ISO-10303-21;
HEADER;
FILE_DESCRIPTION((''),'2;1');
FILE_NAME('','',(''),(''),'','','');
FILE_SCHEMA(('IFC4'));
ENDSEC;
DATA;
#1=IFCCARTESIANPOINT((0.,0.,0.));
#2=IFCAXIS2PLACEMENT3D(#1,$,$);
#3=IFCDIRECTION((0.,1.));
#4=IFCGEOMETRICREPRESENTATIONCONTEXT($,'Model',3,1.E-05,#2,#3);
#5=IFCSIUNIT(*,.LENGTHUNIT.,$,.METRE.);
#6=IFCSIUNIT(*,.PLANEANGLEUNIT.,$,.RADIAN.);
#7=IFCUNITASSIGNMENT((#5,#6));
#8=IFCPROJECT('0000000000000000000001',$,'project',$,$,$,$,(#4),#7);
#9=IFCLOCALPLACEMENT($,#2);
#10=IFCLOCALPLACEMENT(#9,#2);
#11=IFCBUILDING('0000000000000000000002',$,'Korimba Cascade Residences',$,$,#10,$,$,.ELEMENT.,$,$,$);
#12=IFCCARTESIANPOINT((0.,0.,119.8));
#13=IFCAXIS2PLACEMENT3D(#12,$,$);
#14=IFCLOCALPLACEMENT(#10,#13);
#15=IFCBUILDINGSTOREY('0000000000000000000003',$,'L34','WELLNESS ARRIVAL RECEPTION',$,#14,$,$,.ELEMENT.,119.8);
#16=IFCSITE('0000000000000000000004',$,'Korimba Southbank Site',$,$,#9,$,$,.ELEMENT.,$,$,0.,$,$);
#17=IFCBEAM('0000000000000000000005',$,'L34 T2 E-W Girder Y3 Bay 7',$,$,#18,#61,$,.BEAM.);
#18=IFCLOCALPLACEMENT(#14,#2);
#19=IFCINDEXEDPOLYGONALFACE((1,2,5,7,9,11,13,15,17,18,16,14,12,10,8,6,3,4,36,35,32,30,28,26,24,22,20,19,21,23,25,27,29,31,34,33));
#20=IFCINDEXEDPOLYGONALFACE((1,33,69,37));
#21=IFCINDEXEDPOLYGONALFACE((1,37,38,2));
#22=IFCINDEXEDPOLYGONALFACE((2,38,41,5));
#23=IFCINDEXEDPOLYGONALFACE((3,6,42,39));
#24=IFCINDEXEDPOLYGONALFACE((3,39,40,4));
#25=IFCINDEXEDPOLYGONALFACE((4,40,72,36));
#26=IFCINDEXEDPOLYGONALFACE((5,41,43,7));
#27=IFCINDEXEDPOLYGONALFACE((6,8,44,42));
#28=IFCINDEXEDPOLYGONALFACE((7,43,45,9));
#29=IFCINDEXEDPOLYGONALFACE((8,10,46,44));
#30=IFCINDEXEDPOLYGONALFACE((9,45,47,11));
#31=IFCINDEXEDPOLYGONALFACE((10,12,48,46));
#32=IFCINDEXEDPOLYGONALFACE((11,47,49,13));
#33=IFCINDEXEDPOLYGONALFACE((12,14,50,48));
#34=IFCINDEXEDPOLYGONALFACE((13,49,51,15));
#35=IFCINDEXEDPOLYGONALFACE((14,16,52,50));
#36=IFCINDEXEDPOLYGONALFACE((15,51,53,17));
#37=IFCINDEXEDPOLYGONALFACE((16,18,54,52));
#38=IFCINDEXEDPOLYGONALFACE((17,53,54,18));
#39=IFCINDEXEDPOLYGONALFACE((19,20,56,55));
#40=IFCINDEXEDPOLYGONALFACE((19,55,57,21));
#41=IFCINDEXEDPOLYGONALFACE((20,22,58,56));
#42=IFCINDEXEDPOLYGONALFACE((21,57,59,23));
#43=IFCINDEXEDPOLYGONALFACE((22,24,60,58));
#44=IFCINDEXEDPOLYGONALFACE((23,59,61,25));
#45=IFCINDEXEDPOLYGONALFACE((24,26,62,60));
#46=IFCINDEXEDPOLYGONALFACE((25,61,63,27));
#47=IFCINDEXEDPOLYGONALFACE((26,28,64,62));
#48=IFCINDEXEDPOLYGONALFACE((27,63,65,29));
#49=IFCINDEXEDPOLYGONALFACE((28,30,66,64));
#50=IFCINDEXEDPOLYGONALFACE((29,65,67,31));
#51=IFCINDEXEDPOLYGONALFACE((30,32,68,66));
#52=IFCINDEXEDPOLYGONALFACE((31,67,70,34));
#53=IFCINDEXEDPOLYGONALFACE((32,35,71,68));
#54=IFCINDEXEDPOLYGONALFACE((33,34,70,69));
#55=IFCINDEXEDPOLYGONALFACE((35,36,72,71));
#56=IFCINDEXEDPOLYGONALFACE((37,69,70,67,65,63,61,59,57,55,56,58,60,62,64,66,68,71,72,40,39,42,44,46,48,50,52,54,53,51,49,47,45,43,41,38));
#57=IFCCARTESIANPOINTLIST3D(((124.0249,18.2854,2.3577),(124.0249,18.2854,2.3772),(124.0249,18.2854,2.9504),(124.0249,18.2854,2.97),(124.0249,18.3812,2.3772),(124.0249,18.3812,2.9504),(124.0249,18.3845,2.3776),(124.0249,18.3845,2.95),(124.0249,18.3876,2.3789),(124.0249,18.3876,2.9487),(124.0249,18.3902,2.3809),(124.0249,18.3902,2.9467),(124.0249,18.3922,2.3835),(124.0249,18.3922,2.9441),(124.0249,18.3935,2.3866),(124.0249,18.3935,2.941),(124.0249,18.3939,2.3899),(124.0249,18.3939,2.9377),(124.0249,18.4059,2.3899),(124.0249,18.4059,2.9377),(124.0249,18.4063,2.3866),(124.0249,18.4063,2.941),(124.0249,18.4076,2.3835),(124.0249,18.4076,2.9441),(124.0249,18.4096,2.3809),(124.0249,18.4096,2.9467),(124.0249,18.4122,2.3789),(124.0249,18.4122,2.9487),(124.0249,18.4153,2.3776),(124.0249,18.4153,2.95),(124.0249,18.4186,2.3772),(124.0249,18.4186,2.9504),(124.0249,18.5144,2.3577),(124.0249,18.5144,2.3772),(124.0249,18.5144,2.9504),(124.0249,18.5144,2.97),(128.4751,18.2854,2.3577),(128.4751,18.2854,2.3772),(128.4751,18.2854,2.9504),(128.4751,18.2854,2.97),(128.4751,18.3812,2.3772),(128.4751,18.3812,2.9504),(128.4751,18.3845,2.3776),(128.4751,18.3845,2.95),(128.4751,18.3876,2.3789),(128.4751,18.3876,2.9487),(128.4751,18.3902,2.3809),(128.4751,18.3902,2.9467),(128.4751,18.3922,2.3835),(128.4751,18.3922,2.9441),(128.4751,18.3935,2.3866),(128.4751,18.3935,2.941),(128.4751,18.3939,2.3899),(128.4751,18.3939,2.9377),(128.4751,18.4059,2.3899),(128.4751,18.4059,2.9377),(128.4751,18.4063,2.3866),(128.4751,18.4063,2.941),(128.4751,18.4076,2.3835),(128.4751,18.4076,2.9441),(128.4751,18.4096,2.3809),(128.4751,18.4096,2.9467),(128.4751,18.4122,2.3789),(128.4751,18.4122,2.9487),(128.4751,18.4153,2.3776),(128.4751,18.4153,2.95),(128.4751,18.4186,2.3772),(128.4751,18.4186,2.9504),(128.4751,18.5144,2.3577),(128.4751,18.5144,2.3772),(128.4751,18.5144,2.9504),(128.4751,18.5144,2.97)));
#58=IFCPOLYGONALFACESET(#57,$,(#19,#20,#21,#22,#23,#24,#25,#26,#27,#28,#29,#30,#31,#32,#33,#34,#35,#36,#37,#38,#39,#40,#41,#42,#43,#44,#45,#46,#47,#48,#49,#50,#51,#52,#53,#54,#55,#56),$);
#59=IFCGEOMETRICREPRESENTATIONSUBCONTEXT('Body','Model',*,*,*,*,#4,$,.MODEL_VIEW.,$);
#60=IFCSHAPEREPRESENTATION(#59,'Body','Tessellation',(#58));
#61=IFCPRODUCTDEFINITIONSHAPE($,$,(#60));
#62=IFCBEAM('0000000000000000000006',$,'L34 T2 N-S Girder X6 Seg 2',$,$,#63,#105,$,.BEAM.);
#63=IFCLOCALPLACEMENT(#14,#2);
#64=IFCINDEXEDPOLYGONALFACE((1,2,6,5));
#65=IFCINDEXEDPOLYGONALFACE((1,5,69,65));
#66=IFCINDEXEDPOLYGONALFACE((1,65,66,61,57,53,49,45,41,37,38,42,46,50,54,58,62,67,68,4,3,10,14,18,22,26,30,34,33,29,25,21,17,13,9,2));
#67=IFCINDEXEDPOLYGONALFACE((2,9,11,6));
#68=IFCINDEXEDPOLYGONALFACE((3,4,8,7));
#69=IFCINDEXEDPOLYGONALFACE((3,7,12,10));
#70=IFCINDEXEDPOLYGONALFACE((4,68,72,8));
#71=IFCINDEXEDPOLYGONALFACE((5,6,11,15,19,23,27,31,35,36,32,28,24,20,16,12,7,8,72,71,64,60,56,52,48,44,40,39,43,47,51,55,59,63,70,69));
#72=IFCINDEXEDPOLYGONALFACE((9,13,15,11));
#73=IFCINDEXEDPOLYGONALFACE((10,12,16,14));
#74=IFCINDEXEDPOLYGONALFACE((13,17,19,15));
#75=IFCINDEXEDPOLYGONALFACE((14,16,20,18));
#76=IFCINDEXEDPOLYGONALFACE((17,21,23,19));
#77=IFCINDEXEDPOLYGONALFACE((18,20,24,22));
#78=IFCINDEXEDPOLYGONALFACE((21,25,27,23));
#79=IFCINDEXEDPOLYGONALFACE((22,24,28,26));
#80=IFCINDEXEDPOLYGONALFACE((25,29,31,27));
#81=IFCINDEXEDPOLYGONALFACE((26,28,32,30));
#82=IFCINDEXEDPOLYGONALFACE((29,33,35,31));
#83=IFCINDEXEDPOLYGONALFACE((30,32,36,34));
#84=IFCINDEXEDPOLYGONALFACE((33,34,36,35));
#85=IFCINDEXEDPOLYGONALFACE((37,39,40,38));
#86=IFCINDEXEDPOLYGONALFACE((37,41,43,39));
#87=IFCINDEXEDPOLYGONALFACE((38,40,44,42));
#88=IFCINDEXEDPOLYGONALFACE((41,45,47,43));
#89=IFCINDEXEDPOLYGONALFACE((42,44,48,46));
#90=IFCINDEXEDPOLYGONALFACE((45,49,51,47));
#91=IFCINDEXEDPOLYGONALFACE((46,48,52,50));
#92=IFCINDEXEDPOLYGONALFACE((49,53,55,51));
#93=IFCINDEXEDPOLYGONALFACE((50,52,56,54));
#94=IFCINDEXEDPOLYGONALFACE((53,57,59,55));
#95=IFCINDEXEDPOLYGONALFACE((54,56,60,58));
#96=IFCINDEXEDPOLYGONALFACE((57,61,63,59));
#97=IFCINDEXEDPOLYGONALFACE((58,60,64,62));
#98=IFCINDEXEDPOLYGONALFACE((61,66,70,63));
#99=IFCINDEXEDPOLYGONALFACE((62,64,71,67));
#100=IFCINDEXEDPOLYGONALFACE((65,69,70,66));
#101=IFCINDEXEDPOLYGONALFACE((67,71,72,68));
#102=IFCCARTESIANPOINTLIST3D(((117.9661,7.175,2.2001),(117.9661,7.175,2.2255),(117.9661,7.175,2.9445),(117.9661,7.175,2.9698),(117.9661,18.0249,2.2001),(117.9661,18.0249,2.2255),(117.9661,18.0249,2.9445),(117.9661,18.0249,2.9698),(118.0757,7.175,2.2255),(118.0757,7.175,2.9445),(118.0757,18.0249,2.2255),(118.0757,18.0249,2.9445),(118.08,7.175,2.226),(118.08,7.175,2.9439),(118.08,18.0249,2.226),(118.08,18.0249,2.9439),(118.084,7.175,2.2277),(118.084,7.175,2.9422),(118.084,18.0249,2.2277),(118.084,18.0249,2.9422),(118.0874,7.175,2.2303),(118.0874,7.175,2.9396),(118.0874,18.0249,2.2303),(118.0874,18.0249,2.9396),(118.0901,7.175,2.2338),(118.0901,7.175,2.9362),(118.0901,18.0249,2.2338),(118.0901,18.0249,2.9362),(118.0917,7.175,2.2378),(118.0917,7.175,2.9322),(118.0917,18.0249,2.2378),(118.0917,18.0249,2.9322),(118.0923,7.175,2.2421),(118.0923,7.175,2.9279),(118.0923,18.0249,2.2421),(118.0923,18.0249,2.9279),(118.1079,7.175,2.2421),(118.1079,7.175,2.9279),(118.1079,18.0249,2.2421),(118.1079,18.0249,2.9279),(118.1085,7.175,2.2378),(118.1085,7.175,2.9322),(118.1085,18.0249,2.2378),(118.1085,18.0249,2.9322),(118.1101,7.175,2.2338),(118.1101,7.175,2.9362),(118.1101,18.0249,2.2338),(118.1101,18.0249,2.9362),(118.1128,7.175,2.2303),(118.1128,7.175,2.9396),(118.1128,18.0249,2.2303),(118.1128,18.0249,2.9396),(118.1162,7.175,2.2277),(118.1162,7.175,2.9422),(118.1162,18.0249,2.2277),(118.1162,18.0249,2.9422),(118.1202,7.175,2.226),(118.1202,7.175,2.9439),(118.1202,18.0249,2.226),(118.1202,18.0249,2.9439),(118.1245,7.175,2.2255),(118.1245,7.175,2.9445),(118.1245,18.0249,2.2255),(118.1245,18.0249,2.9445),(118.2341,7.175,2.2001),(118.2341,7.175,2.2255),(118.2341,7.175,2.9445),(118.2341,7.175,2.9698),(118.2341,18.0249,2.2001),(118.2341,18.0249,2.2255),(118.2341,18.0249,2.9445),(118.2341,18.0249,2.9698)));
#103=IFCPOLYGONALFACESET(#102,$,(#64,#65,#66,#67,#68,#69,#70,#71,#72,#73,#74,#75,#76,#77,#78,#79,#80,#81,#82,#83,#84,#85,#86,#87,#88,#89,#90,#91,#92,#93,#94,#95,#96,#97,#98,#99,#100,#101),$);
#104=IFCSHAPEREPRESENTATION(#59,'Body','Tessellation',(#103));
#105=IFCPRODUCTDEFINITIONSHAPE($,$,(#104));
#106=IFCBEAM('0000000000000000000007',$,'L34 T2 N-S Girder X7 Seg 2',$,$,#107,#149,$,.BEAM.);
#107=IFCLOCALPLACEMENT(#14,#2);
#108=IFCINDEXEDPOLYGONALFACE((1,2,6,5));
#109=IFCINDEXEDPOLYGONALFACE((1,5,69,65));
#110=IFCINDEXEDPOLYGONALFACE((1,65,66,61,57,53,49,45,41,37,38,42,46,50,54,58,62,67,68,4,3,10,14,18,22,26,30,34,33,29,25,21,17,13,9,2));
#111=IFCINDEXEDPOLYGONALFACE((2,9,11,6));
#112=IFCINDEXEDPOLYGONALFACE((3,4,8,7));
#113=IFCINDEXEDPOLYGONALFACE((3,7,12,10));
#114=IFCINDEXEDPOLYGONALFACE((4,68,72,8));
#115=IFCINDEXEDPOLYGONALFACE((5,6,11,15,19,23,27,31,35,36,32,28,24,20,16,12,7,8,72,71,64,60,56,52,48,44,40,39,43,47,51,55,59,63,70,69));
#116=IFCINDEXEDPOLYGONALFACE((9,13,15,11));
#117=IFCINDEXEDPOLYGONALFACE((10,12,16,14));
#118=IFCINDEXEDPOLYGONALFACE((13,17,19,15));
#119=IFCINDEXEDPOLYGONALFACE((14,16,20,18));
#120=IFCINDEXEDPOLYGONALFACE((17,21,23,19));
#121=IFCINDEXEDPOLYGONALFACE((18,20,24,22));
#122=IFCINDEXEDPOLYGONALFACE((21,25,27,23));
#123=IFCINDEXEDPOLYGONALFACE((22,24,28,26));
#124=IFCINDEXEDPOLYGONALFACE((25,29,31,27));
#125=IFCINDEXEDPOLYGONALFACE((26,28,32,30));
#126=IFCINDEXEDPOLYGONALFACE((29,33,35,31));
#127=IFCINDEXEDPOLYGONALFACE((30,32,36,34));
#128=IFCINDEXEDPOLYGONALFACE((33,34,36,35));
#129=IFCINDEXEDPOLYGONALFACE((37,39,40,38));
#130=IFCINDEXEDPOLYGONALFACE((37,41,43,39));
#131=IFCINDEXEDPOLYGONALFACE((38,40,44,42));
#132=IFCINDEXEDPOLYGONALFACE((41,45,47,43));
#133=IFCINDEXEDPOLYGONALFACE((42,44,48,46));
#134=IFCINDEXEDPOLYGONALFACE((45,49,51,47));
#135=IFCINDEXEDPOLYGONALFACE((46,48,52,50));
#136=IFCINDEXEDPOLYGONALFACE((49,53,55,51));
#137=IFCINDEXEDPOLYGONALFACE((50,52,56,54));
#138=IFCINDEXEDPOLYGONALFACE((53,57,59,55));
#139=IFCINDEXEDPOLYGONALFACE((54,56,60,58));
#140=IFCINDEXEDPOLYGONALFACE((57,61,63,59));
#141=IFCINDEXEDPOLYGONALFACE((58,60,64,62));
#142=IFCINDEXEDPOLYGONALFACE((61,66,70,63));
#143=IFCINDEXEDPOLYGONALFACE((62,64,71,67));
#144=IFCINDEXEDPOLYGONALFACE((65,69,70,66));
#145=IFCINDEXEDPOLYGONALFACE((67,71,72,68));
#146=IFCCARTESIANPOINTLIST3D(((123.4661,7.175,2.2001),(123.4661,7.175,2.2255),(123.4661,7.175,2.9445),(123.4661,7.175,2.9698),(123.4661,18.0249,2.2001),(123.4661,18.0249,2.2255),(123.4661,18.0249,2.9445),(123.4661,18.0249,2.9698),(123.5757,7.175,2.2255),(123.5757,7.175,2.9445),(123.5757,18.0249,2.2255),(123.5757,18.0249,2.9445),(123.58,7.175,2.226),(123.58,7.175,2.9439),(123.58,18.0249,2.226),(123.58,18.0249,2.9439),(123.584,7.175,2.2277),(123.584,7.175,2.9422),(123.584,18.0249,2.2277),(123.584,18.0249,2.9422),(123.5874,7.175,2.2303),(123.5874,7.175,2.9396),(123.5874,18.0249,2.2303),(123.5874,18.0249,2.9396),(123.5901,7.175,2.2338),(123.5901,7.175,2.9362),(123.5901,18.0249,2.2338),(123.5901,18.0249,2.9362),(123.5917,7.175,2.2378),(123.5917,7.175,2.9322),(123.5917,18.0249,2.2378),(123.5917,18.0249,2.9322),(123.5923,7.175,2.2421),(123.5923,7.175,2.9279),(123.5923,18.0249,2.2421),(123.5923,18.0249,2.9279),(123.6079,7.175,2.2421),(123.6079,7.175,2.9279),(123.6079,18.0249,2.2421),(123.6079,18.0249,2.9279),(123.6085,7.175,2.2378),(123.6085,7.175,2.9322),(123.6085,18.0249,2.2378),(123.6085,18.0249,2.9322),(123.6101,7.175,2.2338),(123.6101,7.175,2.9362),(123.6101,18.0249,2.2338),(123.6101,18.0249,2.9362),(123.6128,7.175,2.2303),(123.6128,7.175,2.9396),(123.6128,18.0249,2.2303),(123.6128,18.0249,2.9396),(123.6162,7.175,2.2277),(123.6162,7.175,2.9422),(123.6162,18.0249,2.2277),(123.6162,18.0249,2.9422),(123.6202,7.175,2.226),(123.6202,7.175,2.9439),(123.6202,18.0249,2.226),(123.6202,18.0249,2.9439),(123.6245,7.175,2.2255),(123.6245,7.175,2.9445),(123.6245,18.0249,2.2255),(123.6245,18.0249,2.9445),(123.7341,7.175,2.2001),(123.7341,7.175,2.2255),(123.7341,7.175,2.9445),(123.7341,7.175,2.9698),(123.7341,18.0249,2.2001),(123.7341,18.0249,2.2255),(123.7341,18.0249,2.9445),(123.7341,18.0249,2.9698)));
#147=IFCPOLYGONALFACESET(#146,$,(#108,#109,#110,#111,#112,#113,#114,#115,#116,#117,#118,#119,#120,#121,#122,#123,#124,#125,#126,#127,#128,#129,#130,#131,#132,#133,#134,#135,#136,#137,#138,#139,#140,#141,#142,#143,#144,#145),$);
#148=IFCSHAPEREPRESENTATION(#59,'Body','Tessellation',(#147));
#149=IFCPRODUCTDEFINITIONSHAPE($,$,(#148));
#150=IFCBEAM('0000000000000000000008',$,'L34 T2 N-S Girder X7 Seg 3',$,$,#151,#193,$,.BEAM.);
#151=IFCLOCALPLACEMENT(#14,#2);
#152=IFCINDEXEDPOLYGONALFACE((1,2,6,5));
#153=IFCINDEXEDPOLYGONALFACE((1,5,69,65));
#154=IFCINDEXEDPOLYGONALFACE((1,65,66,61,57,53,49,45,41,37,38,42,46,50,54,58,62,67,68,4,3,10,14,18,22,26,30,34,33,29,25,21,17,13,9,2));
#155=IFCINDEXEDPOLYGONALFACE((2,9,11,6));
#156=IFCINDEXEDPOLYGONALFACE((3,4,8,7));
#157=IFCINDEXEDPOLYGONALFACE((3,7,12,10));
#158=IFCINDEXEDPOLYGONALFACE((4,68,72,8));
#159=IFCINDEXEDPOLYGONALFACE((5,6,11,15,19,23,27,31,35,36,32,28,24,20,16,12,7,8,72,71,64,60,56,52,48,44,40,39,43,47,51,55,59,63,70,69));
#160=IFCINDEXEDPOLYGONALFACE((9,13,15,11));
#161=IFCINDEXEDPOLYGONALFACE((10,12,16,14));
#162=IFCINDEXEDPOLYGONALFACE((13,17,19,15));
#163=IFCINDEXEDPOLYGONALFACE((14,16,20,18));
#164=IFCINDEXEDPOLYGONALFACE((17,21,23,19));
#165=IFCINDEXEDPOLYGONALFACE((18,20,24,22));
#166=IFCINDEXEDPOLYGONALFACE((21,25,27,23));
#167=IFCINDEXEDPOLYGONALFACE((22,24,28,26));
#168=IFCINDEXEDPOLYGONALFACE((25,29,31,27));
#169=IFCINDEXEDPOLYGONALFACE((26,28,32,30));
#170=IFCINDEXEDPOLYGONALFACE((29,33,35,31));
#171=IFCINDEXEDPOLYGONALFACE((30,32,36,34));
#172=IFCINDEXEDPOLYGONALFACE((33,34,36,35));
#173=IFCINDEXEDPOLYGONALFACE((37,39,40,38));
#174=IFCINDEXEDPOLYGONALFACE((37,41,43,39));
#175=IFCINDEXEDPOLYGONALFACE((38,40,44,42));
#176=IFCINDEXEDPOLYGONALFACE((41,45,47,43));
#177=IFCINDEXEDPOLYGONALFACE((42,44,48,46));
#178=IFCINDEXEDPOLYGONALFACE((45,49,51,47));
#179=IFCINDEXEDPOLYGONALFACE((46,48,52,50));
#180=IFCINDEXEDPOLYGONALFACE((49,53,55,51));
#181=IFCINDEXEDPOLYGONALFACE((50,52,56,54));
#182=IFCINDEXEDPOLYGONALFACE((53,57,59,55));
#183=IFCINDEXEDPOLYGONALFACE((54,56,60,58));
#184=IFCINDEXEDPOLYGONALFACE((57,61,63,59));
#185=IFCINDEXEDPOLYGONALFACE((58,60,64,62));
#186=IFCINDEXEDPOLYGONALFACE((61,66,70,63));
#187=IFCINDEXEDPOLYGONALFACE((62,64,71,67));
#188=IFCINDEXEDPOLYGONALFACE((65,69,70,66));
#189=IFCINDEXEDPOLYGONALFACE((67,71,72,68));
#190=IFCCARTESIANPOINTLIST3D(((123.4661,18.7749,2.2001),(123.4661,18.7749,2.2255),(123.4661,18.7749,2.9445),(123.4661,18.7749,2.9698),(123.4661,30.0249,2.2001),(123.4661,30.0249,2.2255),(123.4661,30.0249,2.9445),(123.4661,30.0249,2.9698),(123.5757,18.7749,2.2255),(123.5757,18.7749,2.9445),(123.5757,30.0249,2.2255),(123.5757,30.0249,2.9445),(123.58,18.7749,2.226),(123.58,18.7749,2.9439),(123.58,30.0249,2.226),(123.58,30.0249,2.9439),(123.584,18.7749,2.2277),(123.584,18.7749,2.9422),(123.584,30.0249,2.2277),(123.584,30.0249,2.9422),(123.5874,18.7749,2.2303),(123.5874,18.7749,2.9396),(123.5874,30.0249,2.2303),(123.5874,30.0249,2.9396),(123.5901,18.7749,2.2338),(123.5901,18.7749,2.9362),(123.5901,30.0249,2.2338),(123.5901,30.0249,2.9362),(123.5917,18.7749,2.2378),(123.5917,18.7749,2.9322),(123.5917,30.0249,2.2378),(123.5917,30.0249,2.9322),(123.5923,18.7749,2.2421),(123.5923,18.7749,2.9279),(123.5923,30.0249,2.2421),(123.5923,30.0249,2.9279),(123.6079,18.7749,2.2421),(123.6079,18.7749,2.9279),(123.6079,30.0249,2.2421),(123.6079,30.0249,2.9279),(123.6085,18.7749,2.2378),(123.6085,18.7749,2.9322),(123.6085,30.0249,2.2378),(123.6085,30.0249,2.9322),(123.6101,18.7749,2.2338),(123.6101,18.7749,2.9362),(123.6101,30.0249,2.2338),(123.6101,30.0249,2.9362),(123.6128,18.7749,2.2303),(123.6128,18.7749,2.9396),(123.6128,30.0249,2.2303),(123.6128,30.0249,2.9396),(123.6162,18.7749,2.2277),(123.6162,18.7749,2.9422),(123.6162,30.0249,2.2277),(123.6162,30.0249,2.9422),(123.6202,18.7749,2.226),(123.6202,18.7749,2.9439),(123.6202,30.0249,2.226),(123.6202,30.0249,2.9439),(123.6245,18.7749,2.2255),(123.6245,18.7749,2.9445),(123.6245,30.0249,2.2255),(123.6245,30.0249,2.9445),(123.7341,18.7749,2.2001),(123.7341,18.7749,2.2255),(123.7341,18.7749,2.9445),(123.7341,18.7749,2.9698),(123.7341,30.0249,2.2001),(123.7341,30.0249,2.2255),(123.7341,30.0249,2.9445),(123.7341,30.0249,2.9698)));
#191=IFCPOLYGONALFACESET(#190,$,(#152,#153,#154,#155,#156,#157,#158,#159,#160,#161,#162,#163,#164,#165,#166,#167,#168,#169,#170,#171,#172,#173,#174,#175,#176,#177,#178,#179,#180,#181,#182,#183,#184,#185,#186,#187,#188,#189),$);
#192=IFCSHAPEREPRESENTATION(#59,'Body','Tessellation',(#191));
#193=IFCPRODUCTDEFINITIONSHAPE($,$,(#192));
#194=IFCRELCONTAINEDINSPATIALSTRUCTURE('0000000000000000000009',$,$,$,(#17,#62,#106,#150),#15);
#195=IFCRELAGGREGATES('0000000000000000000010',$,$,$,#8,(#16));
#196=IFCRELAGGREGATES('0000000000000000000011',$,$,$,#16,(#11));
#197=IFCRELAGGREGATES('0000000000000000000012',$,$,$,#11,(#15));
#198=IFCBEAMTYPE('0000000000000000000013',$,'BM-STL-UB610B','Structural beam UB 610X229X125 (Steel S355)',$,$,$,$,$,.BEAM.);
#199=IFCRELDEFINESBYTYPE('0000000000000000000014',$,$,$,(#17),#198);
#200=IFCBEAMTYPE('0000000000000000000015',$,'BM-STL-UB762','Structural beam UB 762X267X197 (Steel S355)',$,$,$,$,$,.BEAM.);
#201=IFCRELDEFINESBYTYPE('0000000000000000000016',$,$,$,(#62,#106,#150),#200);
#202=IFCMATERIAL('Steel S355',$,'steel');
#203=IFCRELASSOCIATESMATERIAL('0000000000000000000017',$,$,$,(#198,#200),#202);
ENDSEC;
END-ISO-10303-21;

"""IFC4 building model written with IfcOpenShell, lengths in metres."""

from ifc_helpers import new_model, si_unit, direction, frame, origin, origin_2d, place, context, subcontext, project, spatial, i_section, extrude, material, material_profile, profile_set, type_object, element, save


model = new_model("IFC4")

# Units and contexts
model_context = context("Model", 3, precision=1e-05, world=origin(), true_north=direction((0.0, 1.0)))
body_context = subcontext(model_context, "Body", "Model", "MODEL_VIEW")
ifc_project = project(units=[si_unit("LENGTHUNIT", "METRE"), si_unit("PLANEANGLEUNIT", "RADIAN")], contexts=[model_context])

# Site, building, storey
site_placement = place(None, origin())
site = spatial("IfcSite", under=ifc_project, at=site_placement, Name="Korimba Southbank Site", CompositionType="ELEMENT", RefElevation=0.0)
building_placement = place(site_placement, origin())
building = spatial("IfcBuilding", under=site, at=building_placement, Name="Korimba Cascade Residences", CompositionType="ELEMENT")
storey_placement = place(building_placement, frame((0.0, 0.0, 119.8)))
storey = spatial("IfcBuildingStorey", under=building, at=storey_placement, Name="L34", Description="WELLNESS ARRIVAL RECEPTION", CompositionType="ELEMENT", Elevation=119.8)

# Beams
ifc_material_1 = material(Name="Steel S355", Category="steel")
ifc_material_profile_1 = material_profile(ifc_material_1, i_section(OverallWidth=0.229, OverallDepth=0.6123, WebThickness=0.012, FlangeThickness=0.0195, FilletRadius=0.0127, at=origin_2d()), Name="Steel S355")
ifc_profile_set_1 = profile_set([ifc_material_profile_1], Name="Steel S355")
beam_type_1 = type_object("IfcBeamType", Name="BM-STL-UB610B", Description="Structural beam UB 610X229X125 (Steel S355)", PredefinedType="BEAM", material=ifc_profile_set_1)
beam_1_placement = place(storey_placement, frame((124.0249, 18.3999, 2.6638), z_axis=(1.0, 0.0, 0.0), x_axis=(0.0, 1.0, 0.0)))
element("IfcBeam", 1, at=beam_1_placement, inside=storey, type_object=beam_type_1, Name="L34 T2 E-W Girder Y3 Bay 7", PredefinedType="BEAM", context=body_context, shape_type="SweptSolid", body=[
    extrude(i_section(OverallWidth=0.229, OverallDepth=0.6123, WebThickness=0.012, FlangeThickness=0.0195, FilletRadius=0.0127, at=origin_2d()), origin(), (0.0, 0.0, 1.0), 4.4502),
])
ifc_material_profile_2 = material_profile(ifc_material_1, i_section(OverallWidth=0.2681, OverallDepth=0.7698, WebThickness=0.0156, FlangeThickness=0.0254, FilletRadius=0.0166, at=origin_2d()), Name="Steel S355")
ifc_profile_set_2 = profile_set([ifc_material_profile_2], Name="Steel S355")
beam_type_2 = type_object("IfcBeamType", Name="BM-STL-UB762", Description="Structural beam UB 762X267X197 (Steel S355)", PredefinedType="BEAM", material=ifc_profile_set_2)
for number, where, z_axis, x_axis, name in (
    (2, (118.1001, 7.175, 2.585), (0.0, 1.0, 0.0), (-1.0, 0.0, 0.0), "L34 T2 N-S Girder X6 Seg 2"),
    (3, (123.6001, 7.175, 2.585), (0.0, 1.0, 0.0), (-1.0, 0.0, 0.0), "L34 T2 N-S Girder X7 Seg 2"),
):
    element("IfcBeam", number, at=place(storey_placement, frame(where, z_axis=z_axis, x_axis=x_axis)), inside=storey, type_object=beam_type_2, Name=name, PredefinedType="BEAM", context=body_context, shape_type="SweptSolid", body=[
        extrude(i_section(OverallWidth=0.2681, OverallDepth=0.7698, WebThickness=0.0156, FlangeThickness=0.0254, FilletRadius=0.0166, at=origin_2d()), origin(), (0.0, 0.0, 1.0), 10.8499),
    ])
beam_2_placement = place(storey_placement, frame((123.6001, 18.7749, 2.585), z_axis=(0.0, 1.0, 0.0), x_axis=(-1.0, 0.0, 0.0)))
element("IfcBeam", 4, at=beam_2_placement, inside=storey, type_object=beam_type_2, Name="L34 T2 N-S Girder X7 Seg 3", PredefinedType="BEAM", context=body_context, shape_type="SweptSolid", body=[
    extrude(i_section(OverallWidth=0.2681, OverallDepth=0.7698, WebThickness=0.0156, FlangeThickness=0.0254, FilletRadius=0.0166, at=origin_2d()), origin(), (0.0, 0.0, 1.0), 11.25),
])

save(model, "model.ifc")
